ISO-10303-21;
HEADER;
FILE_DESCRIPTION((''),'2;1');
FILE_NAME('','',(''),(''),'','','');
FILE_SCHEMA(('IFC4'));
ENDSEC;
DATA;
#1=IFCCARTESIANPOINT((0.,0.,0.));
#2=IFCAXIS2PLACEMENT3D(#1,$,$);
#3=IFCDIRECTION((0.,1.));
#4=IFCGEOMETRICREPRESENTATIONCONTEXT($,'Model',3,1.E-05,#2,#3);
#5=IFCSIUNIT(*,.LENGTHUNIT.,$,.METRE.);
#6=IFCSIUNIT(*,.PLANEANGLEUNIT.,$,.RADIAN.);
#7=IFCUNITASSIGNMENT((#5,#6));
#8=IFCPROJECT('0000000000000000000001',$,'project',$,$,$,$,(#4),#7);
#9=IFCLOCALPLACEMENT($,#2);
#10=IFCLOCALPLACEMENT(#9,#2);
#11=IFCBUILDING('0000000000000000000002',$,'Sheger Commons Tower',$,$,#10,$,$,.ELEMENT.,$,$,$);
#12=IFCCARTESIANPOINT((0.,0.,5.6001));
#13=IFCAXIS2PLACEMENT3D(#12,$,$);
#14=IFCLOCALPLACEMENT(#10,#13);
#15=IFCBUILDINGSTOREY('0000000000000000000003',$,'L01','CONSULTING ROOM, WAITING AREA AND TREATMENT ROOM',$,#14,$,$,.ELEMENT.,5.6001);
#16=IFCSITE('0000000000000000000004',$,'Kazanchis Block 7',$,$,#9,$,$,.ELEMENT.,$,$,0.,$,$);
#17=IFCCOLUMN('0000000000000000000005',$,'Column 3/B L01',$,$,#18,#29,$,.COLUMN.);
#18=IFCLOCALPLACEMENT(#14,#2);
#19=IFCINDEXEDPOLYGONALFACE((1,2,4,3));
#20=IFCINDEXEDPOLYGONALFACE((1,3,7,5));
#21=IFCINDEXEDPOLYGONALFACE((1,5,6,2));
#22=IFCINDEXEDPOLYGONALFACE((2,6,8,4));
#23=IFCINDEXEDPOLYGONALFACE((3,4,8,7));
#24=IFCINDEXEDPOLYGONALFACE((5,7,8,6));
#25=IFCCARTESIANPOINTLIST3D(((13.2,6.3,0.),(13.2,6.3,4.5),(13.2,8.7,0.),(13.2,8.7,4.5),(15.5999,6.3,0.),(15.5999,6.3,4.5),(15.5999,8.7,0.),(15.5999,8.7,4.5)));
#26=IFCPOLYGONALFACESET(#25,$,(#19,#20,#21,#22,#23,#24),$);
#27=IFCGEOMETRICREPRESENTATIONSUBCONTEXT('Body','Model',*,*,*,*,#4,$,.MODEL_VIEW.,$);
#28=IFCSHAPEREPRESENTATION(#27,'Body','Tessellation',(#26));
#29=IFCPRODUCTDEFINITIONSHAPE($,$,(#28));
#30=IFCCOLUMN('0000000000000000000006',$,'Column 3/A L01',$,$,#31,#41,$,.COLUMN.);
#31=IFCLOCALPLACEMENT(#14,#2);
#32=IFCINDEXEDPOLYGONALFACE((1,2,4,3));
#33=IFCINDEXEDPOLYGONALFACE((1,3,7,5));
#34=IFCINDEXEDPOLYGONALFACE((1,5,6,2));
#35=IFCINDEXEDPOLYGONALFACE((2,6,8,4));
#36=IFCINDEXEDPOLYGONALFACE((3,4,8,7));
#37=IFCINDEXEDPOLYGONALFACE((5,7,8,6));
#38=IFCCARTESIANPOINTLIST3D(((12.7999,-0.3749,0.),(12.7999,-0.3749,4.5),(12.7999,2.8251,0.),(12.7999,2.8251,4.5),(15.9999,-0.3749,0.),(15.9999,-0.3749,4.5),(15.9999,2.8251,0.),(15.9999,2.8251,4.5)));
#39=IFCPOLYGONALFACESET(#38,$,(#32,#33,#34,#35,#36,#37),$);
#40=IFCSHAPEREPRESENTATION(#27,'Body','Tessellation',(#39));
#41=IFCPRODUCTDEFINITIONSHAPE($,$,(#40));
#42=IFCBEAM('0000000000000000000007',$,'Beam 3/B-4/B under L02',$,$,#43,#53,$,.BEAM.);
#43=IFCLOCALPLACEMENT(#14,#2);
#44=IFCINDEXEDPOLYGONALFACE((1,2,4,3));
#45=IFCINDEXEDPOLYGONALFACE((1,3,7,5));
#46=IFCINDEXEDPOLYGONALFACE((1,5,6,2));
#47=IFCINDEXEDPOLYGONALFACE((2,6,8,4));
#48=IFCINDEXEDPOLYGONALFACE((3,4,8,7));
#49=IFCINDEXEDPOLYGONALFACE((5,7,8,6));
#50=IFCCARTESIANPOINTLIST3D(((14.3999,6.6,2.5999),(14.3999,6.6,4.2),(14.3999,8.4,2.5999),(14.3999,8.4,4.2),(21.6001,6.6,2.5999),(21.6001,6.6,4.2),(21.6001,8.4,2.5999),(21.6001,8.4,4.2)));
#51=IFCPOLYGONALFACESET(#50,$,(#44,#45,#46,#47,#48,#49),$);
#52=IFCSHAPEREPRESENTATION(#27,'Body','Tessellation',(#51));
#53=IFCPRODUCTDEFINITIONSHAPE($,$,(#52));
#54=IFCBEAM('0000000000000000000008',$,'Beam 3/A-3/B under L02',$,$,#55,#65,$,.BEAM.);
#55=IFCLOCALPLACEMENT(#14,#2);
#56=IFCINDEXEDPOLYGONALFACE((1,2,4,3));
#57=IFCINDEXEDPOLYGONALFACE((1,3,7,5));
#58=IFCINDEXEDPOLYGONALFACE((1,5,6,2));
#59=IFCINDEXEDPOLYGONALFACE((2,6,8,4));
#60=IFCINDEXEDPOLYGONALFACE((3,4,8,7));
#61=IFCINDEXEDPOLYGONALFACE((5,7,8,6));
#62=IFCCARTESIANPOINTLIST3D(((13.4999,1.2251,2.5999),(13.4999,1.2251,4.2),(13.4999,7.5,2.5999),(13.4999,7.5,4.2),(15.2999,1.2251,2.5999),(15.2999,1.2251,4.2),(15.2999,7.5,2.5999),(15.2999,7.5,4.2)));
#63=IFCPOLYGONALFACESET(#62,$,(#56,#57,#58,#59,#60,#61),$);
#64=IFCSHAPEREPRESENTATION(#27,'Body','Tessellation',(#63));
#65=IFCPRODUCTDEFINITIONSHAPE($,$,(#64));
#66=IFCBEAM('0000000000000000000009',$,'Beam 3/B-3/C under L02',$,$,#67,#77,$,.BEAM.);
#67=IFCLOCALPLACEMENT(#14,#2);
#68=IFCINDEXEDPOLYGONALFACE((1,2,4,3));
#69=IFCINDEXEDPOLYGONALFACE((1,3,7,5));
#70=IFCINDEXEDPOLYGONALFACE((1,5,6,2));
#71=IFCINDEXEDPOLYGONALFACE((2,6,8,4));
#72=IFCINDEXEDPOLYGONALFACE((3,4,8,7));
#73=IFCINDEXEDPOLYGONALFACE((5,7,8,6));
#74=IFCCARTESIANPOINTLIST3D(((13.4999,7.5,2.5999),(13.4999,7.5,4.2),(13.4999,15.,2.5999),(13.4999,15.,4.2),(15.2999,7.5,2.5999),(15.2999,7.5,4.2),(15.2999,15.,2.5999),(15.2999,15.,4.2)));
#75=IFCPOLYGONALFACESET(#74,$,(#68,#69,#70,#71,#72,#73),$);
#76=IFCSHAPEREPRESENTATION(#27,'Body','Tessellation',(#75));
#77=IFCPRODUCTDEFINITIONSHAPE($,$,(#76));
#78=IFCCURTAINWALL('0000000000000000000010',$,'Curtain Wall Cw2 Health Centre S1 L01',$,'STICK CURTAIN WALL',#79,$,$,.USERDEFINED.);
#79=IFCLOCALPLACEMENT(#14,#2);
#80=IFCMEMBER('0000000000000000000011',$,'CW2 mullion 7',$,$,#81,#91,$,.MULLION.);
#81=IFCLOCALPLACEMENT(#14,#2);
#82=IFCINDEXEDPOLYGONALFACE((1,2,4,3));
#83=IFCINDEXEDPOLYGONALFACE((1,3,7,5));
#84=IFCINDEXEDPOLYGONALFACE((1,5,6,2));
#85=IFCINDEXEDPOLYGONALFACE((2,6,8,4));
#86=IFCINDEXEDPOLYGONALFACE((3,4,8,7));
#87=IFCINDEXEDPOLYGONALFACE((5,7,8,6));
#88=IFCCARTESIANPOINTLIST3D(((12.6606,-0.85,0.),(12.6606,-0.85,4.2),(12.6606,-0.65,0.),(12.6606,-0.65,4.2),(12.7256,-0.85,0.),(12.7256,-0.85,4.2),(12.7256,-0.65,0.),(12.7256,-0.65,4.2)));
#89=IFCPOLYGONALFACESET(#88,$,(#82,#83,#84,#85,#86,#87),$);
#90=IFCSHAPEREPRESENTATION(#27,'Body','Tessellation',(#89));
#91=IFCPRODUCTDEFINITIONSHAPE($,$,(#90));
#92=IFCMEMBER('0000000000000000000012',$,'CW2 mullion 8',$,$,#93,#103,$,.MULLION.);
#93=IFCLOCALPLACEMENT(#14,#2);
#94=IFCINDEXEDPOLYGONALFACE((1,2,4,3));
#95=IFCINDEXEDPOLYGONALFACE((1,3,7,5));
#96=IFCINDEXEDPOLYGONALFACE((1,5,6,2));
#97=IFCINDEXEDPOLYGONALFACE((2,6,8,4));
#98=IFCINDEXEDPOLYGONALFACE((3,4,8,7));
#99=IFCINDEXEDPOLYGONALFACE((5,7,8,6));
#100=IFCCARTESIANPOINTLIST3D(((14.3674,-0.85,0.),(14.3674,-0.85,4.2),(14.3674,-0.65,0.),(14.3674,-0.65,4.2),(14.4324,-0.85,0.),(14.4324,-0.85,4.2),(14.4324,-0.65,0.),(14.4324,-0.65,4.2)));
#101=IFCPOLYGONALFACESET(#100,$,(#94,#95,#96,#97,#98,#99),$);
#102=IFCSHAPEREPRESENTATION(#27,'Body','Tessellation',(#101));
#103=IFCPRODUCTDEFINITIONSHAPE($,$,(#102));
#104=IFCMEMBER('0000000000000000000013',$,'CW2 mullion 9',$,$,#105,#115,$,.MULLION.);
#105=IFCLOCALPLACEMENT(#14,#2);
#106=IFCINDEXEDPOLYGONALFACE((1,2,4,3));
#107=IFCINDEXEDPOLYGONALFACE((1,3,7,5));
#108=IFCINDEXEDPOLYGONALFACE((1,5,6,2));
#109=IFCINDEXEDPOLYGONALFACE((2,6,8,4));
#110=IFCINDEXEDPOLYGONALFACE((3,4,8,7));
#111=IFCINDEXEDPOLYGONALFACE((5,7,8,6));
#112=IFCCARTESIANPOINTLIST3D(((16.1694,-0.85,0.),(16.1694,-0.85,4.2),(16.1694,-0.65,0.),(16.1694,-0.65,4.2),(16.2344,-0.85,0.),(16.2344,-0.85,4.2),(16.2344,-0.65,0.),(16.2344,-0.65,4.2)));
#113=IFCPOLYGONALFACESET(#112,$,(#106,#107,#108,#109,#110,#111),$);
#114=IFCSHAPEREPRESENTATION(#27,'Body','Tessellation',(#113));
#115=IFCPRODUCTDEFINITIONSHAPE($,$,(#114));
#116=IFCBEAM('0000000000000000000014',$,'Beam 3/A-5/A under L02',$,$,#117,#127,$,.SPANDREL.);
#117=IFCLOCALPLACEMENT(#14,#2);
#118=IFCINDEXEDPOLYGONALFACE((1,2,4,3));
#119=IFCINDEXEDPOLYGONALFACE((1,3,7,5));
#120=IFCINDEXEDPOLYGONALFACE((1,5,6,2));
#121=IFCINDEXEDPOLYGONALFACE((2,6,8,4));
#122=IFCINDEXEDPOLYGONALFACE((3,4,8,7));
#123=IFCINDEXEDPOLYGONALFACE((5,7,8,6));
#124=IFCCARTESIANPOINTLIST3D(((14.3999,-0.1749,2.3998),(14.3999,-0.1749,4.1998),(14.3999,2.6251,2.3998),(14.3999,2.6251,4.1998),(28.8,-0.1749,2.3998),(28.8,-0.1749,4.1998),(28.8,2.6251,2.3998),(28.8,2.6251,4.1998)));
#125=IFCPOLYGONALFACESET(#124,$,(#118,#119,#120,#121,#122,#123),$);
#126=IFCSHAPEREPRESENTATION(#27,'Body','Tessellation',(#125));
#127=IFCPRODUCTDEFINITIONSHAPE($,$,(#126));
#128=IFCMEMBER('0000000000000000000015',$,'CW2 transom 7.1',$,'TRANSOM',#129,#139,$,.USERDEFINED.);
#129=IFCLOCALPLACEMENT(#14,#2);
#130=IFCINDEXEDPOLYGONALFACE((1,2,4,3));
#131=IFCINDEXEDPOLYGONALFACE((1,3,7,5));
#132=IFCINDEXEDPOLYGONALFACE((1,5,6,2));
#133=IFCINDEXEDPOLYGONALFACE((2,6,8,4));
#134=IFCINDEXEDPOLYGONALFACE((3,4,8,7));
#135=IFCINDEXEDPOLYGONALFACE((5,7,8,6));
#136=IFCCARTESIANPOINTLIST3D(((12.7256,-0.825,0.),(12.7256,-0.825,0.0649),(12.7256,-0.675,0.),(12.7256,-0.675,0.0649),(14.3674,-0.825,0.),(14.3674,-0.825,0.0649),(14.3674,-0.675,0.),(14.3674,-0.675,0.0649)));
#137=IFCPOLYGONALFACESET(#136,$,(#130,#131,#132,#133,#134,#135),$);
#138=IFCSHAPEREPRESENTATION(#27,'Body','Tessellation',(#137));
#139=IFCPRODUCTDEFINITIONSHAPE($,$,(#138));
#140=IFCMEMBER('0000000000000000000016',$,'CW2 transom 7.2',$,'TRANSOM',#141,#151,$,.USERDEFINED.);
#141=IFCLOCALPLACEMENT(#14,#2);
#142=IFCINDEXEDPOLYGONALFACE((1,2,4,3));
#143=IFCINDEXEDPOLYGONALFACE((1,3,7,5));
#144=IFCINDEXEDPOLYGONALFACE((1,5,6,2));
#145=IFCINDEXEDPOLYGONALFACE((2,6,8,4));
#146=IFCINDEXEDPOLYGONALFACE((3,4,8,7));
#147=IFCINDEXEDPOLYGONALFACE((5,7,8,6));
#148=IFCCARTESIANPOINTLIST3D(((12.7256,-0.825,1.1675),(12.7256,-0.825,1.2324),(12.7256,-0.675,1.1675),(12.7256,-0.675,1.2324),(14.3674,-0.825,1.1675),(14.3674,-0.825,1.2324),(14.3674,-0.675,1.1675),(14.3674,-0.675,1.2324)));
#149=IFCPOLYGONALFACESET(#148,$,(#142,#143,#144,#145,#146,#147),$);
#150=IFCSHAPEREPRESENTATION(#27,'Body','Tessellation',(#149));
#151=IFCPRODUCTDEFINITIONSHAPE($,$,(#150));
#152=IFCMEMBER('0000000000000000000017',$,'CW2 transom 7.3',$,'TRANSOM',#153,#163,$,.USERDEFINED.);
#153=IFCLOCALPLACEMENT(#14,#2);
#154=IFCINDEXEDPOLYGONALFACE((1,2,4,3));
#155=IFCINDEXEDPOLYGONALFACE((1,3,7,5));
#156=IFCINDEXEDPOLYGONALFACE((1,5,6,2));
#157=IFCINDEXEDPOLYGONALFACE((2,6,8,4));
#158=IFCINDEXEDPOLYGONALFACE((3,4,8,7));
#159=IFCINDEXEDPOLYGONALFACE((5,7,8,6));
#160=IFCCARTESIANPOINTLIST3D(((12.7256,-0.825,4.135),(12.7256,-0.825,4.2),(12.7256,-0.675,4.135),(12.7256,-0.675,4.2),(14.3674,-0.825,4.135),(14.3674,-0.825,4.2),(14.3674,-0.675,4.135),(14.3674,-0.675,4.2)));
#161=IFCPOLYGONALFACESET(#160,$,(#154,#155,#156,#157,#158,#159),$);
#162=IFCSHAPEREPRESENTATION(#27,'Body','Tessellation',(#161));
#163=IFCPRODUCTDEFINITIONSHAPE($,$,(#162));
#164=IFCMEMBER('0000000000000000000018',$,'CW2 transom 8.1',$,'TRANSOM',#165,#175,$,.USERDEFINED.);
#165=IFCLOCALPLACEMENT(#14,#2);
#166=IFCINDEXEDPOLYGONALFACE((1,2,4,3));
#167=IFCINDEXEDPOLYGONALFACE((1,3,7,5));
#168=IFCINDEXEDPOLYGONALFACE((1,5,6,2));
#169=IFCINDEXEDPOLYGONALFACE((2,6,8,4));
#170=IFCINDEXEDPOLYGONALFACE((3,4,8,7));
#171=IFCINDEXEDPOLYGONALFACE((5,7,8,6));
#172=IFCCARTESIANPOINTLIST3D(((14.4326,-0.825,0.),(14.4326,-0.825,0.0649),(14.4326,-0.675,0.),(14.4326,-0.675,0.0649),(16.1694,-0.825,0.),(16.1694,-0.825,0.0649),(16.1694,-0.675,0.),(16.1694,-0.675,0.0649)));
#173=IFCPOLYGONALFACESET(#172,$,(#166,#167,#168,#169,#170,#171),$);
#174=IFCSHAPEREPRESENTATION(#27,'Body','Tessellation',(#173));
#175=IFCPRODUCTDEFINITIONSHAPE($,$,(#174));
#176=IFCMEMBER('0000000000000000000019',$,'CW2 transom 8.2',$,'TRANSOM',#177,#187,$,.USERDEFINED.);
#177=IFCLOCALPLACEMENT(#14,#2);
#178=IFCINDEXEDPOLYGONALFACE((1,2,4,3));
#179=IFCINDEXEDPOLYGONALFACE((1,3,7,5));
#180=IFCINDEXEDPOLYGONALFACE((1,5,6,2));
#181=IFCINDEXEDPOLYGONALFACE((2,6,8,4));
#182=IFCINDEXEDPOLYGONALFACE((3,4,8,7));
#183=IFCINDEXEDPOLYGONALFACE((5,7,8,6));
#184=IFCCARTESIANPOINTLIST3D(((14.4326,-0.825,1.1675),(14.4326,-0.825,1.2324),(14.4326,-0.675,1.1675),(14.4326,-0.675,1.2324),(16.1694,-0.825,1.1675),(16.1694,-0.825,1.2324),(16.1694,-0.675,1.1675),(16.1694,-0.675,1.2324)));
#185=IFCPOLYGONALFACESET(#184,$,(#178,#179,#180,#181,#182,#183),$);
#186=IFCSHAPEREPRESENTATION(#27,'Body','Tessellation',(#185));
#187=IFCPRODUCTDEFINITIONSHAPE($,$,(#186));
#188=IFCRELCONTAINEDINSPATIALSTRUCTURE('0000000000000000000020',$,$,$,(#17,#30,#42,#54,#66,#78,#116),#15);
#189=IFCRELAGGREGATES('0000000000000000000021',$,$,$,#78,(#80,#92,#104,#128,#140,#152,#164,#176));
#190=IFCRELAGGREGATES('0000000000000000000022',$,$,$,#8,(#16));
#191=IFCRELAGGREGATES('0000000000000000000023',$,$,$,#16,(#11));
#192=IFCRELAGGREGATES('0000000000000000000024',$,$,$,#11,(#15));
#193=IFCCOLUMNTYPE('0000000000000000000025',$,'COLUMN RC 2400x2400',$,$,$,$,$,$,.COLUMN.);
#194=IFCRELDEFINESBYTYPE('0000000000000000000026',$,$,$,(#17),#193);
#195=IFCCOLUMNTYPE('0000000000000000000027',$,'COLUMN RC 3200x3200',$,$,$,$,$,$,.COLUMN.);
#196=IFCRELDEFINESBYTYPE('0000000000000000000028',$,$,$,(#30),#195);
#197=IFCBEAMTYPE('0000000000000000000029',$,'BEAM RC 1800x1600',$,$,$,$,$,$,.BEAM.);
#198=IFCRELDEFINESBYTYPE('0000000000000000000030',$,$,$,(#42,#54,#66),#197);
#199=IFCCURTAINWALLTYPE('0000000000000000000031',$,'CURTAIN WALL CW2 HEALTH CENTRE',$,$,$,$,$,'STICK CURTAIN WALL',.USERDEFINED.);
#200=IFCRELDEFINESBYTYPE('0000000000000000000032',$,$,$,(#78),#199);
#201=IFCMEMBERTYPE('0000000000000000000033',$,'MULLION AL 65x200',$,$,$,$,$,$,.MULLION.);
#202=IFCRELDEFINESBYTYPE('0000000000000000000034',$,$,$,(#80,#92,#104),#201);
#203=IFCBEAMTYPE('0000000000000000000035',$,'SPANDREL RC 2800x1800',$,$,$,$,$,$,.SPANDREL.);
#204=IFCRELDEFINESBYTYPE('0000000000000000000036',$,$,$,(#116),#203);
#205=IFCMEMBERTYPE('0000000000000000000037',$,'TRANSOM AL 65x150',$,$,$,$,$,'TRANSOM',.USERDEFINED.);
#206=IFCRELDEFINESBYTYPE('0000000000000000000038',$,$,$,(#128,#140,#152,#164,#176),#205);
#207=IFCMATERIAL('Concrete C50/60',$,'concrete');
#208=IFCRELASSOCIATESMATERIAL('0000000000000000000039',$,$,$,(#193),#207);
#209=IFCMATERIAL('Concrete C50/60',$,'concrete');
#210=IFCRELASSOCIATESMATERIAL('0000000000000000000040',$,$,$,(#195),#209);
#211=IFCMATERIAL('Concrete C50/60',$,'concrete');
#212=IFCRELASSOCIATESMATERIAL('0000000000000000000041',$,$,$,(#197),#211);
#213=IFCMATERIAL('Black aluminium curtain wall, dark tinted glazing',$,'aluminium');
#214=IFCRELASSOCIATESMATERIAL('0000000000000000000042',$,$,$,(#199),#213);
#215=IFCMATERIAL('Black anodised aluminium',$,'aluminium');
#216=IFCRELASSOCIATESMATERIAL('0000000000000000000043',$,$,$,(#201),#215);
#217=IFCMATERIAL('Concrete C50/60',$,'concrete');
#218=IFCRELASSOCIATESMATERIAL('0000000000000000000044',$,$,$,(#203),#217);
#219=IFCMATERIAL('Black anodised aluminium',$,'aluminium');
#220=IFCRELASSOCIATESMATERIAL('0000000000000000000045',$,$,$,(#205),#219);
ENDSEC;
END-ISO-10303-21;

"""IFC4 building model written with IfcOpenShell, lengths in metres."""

from ifc_helpers import new_model, si_unit, direction, frame, origin, origin_2d, place, context, subcontext, project, spatial, rectangle, extrude, material, material_profile, profile_set, type_object, element, aggregate, save


model = new_model("IFC4")

# Units and contexts
model_context = context("Model", 3, precision=1e-05, world=origin(), true_north=direction((0.0, 1.0)))
body_context = subcontext(model_context, "Body", "Model", "MODEL_VIEW")
ifc_project = project(units=[si_unit("LENGTHUNIT", "METRE"), si_unit("PLANEANGLEUNIT", "RADIAN")], contexts=[model_context])

# Site, building, storey
site_placement = place(None, origin())
site = spatial("IfcSite", under=ifc_project, at=site_placement, Name="Kazanchis Block 7", CompositionType="ELEMENT", RefElevation=0.0)
building_placement = place(site_placement, origin())
building = spatial("IfcBuilding", under=site, at=building_placement, Name="Sheger Commons Tower", CompositionType="ELEMENT")
storey_placement = place(building_placement, frame((0.0, 0.0, 5.6001)))
storey = spatial("IfcBuildingStorey", under=building, at=storey_placement, Name="L01", Description="CONSULTING ROOM, WAITING AREA AND TREATMENT ROOM", CompositionType="ELEMENT", Elevation=5.6001)

# Columns
ifc_material_1 = material(Name="Concrete C50/60", Category="concrete")
ifc_material_profile_1 = material_profile(ifc_material_1, rectangle(XDim=2.3999, YDim=2.3999, at=origin_2d()), Name="RC 2400x2400")
ifc_profile_set_1 = profile_set([ifc_material_profile_1], Name="Concrete C50/60")
column_type_1 = type_object("IfcColumnType", Name="COLUMN RC 2400x2400", PredefinedType="COLUMN", material=ifc_profile_set_1)
column_1_placement = place(storey_placement, frame((14.3999, 7.5, 0.0), z_axis=(0.0, 0.0, 1.0), x_axis=(1.0, 0.0, 0.0)))
element("IfcColumn", 1, at=column_1_placement, inside=storey, type_object=column_type_1, Name="Column 3/B L01", PredefinedType="COLUMN", context=body_context, shape_type="SweptSolid", body=[
    extrude(rectangle(XDim=2.3999, YDim=2.3999, at=origin_2d()), origin(), (0.0, 0.0, 1.0), 4.5),
])
ifc_material_2 = material(Name="Concrete C50/60", Category="concrete")
ifc_material_profile_2 = material_profile(ifc_material_2, rectangle(XDim=3.2, YDim=3.2, at=origin_2d()), Name="RC 3200x3200")
ifc_profile_set_2 = profile_set([ifc_material_profile_2], Name="Concrete C50/60")
column_type_2 = type_object("IfcColumnType", Name="COLUMN RC 3200x3200", PredefinedType="COLUMN", material=ifc_profile_set_2)
column_2_placement = place(storey_placement, frame((14.3999, 1.2251, 0.0), z_axis=(0.0, 0.0, 1.0), x_axis=(1.0, 0.0, 0.0)))
element("IfcColumn", 2, at=column_2_placement, inside=storey, type_object=column_type_2, Name="Column 3/A L01", PredefinedType="COLUMN", context=body_context, shape_type="SweptSolid", body=[
    extrude(rectangle(XDim=3.2, YDim=3.2, at=origin_2d()), origin(), (0.0, 0.0, 1.0), 4.5),
])

# Beams
ifc_material_3 = material(Name="Concrete C50/60", Category="concrete")
ifc_material_profile_3 = material_profile(ifc_material_3, rectangle(XDim=1.8, YDim=1.6001, at=origin_2d()), Name="RC 1800x1600")
ifc_profile_set_3 = profile_set([ifc_material_profile_3], Name="Concrete C50/60")
beam_type_1 = type_object("IfcBeamType", Name="BEAM RC 1800x1600", PredefinedType="BEAM", material=ifc_profile_set_3)
beam_1_placement = place(storey_placement, frame((14.3999, 7.5, 3.3999), z_axis=(1.0, 0.0, 0.0), x_axis=(0.0, 1.0, 0.0)))
element("IfcBeam", 3, at=beam_1_placement, inside=storey, type_object=beam_type_1, Name="Beam 3/B-4/B under L02", PredefinedType="BEAM", context=body_context, shape_type="SweptSolid", body=[
    extrude(rectangle(XDim=1.8, YDim=1.6001, at=origin_2d()), origin(), (0.0, 0.0, 1.0), 7.2002),
])
beam_2_placement = place(storey_placement, frame((14.3999, 1.2251, 3.3999), z_axis=(0.0, 1.0, 0.0), x_axis=(-1.0, 0.0, 0.0)))
element("IfcBeam", 4, at=beam_2_placement, inside=storey, type_object=beam_type_1, Name="Beam 3/A-3/B under L02", PredefinedType="BEAM", context=body_context, shape_type="SweptSolid", body=[
    extrude(rectangle(XDim=1.8, YDim=1.6001, at=origin_2d()), origin(), (0.0, 0.0, 1.0), 6.2749),
])
beam_3_placement = place(storey_placement, frame((14.3999, 7.5, 3.3999), z_axis=(0.0, 1.0, 0.0), x_axis=(-1.0, 0.0, 0.0)))
element("IfcBeam", 5, at=beam_3_placement, inside=storey, type_object=beam_type_1, Name="Beam 3/B-3/C under L02", PredefinedType="BEAM", context=body_context, shape_type="SweptSolid", body=[
    extrude(rectangle(XDim=1.8, YDim=1.6001, at=origin_2d()), origin(), (0.0, 0.0, 1.0), 7.5),
])

# Curtain wall, members
ifc_material_4 = material(Name="Black aluminium curtain wall, dark tinted glazing", Category="aluminium")
curtain_wall_type = type_object("IfcCurtainWallType", Name="CURTAIN WALL CW2 HEALTH CENTRE", ElementType="STICK CURTAIN WALL", PredefinedType="USERDEFINED", material=ifc_material_4)
curtain_wall_placement = place(storey_placement, origin())
curtain_wall = element("IfcCurtainWall", 6, at=curtain_wall_placement, inside=storey, type_object=curtain_wall_type, Name="Curtain Wall Cw2 Health Centre S1 L01", ObjectType="STICK CURTAIN WALL", PredefinedType="USERDEFINED")
ifc_material_5 = material(Name="Black anodised aluminium", Category="aluminium")
ifc_material_profile_4 = material_profile(ifc_material_5, rectangle(XDim=0.2, YDim=0.0649, at=origin_2d()), Name="AL 65x200")
ifc_profile_set_4 = profile_set([ifc_material_profile_4], Name="Black anodised aluminium")
member_type_1 = type_object("IfcMemberType", Name="MULLION AL 65x200", PredefinedType="MULLION", material=ifc_profile_set_4)
member_1_placement = place(storey_placement, frame((12.6931, -0.75, 0.0), z_axis=(0.0, 0.0, 1.0), x_axis=(0.0, 1.0, 0.0)))
member_1 = element("IfcMember", 7, at=member_1_placement, type_object=member_type_1, Name="CW2 mullion 7", PredefinedType="MULLION", context=body_context, shape_type="SweptSolid", body=[
    extrude(rectangle(XDim=0.2, YDim=0.0649, at=origin_2d()), origin(), (0.0, 0.0, 1.0), 4.2),
])
member_2_placement = place(storey_placement, frame((14.3999, -0.75, 0.0), z_axis=(0.0, 0.0, 1.0), x_axis=(0.0, 1.0, 0.0)))
member_2 = element("IfcMember", 8, at=member_2_placement, type_object=member_type_1, Name="CW2 mullion 8", PredefinedType="MULLION", context=body_context, shape_type="SweptSolid", body=[
    extrude(rectangle(XDim=0.2, YDim=0.0649, at=origin_2d()), origin(), (0.0, 0.0, 1.0), 4.2),
])
member_3_placement = place(storey_placement, frame((16.2019, -0.75, 0.0), z_axis=(0.0, 0.0, 1.0), x_axis=(0.0, 1.0, 0.0)))
member_3 = element("IfcMember", 9, at=member_3_placement, type_object=member_type_1, Name="CW2 mullion 9", PredefinedType="MULLION", context=body_context, shape_type="SweptSolid", body=[
    extrude(rectangle(XDim=0.2, YDim=0.0649, at=origin_2d()), origin(), (0.0, 0.0, 1.0), 4.2),
])

# Beam
ifc_material_6 = material(Name="Concrete C50/60", Category="concrete")
ifc_material_profile_5 = material_profile(ifc_material_6, rectangle(XDim=2.8, YDim=1.8, at=origin_2d()), Name="RC 2800x1800")
ifc_profile_set_5 = profile_set([ifc_material_profile_5], Name="Concrete C50/60")
beam_type_2 = type_object("IfcBeamType", Name="SPANDREL RC 2800x1800", PredefinedType="SPANDREL", material=ifc_profile_set_5)
beam_4_placement = place(storey_placement, frame((14.3999, 1.2251, 3.2998), z_axis=(1.0, 0.0, 0.0), x_axis=(0.0, 1.0, 0.0)))
element("IfcBeam", 10, at=beam_4_placement, inside=storey, type_object=beam_type_2, Name="Beam 3/A-5/A under L02", PredefinedType="SPANDREL", context=body_context, shape_type="SweptSolid", body=[
    extrude(rectangle(XDim=2.8, YDim=1.8, at=origin_2d()), origin(), (0.0, 0.0, 1.0), 14.4001),
])

# Members
ifc_material_7 = material(Name="Black anodised aluminium", Category="aluminium")
ifc_material_profile_6 = material_profile(ifc_material_7, rectangle(XDim=0.1499, YDim=0.0649, at=origin_2d()), Name="AL 65x150")
ifc_profile_set_6 = profile_set([ifc_material_profile_6], Name="Black anodised aluminium")
member_type_2 = type_object("IfcMemberType", Name="TRANSOM AL 65x150", ElementType="TRANSOM", PredefinedType="USERDEFINED", material=ifc_profile_set_6)
member_4_placement = place(storey_placement, frame((12.7256, -0.75, 0.0325), z_axis=(1.0, 0.0, 0.0), x_axis=(0.0, 1.0, 0.0)))
member_4 = element("IfcMember", 11, at=member_4_placement, type_object=member_type_2, Name="CW2 transom 7.1", ObjectType="TRANSOM", PredefinedType="USERDEFINED", context=body_context, shape_type="SweptSolid", body=[
    extrude(rectangle(XDim=0.1499, YDim=0.0649, at=origin_2d()), origin(), (0.0, 0.0, 1.0), 1.6418),
])
member_5_placement = place(storey_placement, frame((12.7256, -0.75, 1.2), z_axis=(1.0, 0.0, 0.0), x_axis=(0.0, 1.0, 0.0)))
member_5 = element("IfcMember", 12, at=member_5_placement, type_object=member_type_2, Name="CW2 transom 7.2", ObjectType="TRANSOM", PredefinedType="USERDEFINED", context=body_context, shape_type="SweptSolid", body=[
    extrude(rectangle(XDim=0.1499, YDim=0.0649, at=origin_2d()), origin(), (0.0, 0.0, 1.0), 1.6418),
])
member_6_placement = place(storey_placement, frame((12.7256, -0.75, 4.1675), z_axis=(1.0, 0.0, 0.0), x_axis=(0.0, 1.0, 0.0)))
member_6 = element("IfcMember", 13, at=member_6_placement, type_object=member_type_2, Name="CW2 transom 7.3", ObjectType="TRANSOM", PredefinedType="USERDEFINED", context=body_context, shape_type="SweptSolid", body=[
    extrude(rectangle(XDim=0.1499, YDim=0.0649, at=origin_2d()), origin(), (0.0, 0.0, 1.0), 1.6418),
])
member_7_placement = place(storey_placement, frame((14.4326, -0.75, 0.0325), z_axis=(1.0, 0.0, 0.0), x_axis=(0.0, 1.0, 0.0)))
member_7 = element("IfcMember", 14, at=member_7_placement, type_object=member_type_2, Name="CW2 transom 8.1", ObjectType="TRANSOM", PredefinedType="USERDEFINED", context=body_context, shape_type="SweptSolid", body=[
    extrude(rectangle(XDim=0.1499, YDim=0.0649, at=origin_2d()), origin(), (0.0, 0.0, 1.0), 1.7368),
])
member_8_placement = place(storey_placement, frame((14.4326, -0.75, 1.2), z_axis=(1.0, 0.0, 0.0), x_axis=(0.0, 1.0, 0.0)))
member_8 = element("IfcMember", 15, at=member_8_placement, type_object=member_type_2, Name="CW2 transom 8.2", ObjectType="TRANSOM", PredefinedType="USERDEFINED", context=body_context, shape_type="SweptSolid", body=[
    extrude(rectangle(XDim=0.1499, YDim=0.0649, at=origin_2d()), origin(), (0.0, 0.0, 1.0), 1.7368),
])

aggregate(curtain_wall, [member_1, member_2, member_3, member_4, member_5, member_6, member_7, member_8])

save(model, "model.ifc")
